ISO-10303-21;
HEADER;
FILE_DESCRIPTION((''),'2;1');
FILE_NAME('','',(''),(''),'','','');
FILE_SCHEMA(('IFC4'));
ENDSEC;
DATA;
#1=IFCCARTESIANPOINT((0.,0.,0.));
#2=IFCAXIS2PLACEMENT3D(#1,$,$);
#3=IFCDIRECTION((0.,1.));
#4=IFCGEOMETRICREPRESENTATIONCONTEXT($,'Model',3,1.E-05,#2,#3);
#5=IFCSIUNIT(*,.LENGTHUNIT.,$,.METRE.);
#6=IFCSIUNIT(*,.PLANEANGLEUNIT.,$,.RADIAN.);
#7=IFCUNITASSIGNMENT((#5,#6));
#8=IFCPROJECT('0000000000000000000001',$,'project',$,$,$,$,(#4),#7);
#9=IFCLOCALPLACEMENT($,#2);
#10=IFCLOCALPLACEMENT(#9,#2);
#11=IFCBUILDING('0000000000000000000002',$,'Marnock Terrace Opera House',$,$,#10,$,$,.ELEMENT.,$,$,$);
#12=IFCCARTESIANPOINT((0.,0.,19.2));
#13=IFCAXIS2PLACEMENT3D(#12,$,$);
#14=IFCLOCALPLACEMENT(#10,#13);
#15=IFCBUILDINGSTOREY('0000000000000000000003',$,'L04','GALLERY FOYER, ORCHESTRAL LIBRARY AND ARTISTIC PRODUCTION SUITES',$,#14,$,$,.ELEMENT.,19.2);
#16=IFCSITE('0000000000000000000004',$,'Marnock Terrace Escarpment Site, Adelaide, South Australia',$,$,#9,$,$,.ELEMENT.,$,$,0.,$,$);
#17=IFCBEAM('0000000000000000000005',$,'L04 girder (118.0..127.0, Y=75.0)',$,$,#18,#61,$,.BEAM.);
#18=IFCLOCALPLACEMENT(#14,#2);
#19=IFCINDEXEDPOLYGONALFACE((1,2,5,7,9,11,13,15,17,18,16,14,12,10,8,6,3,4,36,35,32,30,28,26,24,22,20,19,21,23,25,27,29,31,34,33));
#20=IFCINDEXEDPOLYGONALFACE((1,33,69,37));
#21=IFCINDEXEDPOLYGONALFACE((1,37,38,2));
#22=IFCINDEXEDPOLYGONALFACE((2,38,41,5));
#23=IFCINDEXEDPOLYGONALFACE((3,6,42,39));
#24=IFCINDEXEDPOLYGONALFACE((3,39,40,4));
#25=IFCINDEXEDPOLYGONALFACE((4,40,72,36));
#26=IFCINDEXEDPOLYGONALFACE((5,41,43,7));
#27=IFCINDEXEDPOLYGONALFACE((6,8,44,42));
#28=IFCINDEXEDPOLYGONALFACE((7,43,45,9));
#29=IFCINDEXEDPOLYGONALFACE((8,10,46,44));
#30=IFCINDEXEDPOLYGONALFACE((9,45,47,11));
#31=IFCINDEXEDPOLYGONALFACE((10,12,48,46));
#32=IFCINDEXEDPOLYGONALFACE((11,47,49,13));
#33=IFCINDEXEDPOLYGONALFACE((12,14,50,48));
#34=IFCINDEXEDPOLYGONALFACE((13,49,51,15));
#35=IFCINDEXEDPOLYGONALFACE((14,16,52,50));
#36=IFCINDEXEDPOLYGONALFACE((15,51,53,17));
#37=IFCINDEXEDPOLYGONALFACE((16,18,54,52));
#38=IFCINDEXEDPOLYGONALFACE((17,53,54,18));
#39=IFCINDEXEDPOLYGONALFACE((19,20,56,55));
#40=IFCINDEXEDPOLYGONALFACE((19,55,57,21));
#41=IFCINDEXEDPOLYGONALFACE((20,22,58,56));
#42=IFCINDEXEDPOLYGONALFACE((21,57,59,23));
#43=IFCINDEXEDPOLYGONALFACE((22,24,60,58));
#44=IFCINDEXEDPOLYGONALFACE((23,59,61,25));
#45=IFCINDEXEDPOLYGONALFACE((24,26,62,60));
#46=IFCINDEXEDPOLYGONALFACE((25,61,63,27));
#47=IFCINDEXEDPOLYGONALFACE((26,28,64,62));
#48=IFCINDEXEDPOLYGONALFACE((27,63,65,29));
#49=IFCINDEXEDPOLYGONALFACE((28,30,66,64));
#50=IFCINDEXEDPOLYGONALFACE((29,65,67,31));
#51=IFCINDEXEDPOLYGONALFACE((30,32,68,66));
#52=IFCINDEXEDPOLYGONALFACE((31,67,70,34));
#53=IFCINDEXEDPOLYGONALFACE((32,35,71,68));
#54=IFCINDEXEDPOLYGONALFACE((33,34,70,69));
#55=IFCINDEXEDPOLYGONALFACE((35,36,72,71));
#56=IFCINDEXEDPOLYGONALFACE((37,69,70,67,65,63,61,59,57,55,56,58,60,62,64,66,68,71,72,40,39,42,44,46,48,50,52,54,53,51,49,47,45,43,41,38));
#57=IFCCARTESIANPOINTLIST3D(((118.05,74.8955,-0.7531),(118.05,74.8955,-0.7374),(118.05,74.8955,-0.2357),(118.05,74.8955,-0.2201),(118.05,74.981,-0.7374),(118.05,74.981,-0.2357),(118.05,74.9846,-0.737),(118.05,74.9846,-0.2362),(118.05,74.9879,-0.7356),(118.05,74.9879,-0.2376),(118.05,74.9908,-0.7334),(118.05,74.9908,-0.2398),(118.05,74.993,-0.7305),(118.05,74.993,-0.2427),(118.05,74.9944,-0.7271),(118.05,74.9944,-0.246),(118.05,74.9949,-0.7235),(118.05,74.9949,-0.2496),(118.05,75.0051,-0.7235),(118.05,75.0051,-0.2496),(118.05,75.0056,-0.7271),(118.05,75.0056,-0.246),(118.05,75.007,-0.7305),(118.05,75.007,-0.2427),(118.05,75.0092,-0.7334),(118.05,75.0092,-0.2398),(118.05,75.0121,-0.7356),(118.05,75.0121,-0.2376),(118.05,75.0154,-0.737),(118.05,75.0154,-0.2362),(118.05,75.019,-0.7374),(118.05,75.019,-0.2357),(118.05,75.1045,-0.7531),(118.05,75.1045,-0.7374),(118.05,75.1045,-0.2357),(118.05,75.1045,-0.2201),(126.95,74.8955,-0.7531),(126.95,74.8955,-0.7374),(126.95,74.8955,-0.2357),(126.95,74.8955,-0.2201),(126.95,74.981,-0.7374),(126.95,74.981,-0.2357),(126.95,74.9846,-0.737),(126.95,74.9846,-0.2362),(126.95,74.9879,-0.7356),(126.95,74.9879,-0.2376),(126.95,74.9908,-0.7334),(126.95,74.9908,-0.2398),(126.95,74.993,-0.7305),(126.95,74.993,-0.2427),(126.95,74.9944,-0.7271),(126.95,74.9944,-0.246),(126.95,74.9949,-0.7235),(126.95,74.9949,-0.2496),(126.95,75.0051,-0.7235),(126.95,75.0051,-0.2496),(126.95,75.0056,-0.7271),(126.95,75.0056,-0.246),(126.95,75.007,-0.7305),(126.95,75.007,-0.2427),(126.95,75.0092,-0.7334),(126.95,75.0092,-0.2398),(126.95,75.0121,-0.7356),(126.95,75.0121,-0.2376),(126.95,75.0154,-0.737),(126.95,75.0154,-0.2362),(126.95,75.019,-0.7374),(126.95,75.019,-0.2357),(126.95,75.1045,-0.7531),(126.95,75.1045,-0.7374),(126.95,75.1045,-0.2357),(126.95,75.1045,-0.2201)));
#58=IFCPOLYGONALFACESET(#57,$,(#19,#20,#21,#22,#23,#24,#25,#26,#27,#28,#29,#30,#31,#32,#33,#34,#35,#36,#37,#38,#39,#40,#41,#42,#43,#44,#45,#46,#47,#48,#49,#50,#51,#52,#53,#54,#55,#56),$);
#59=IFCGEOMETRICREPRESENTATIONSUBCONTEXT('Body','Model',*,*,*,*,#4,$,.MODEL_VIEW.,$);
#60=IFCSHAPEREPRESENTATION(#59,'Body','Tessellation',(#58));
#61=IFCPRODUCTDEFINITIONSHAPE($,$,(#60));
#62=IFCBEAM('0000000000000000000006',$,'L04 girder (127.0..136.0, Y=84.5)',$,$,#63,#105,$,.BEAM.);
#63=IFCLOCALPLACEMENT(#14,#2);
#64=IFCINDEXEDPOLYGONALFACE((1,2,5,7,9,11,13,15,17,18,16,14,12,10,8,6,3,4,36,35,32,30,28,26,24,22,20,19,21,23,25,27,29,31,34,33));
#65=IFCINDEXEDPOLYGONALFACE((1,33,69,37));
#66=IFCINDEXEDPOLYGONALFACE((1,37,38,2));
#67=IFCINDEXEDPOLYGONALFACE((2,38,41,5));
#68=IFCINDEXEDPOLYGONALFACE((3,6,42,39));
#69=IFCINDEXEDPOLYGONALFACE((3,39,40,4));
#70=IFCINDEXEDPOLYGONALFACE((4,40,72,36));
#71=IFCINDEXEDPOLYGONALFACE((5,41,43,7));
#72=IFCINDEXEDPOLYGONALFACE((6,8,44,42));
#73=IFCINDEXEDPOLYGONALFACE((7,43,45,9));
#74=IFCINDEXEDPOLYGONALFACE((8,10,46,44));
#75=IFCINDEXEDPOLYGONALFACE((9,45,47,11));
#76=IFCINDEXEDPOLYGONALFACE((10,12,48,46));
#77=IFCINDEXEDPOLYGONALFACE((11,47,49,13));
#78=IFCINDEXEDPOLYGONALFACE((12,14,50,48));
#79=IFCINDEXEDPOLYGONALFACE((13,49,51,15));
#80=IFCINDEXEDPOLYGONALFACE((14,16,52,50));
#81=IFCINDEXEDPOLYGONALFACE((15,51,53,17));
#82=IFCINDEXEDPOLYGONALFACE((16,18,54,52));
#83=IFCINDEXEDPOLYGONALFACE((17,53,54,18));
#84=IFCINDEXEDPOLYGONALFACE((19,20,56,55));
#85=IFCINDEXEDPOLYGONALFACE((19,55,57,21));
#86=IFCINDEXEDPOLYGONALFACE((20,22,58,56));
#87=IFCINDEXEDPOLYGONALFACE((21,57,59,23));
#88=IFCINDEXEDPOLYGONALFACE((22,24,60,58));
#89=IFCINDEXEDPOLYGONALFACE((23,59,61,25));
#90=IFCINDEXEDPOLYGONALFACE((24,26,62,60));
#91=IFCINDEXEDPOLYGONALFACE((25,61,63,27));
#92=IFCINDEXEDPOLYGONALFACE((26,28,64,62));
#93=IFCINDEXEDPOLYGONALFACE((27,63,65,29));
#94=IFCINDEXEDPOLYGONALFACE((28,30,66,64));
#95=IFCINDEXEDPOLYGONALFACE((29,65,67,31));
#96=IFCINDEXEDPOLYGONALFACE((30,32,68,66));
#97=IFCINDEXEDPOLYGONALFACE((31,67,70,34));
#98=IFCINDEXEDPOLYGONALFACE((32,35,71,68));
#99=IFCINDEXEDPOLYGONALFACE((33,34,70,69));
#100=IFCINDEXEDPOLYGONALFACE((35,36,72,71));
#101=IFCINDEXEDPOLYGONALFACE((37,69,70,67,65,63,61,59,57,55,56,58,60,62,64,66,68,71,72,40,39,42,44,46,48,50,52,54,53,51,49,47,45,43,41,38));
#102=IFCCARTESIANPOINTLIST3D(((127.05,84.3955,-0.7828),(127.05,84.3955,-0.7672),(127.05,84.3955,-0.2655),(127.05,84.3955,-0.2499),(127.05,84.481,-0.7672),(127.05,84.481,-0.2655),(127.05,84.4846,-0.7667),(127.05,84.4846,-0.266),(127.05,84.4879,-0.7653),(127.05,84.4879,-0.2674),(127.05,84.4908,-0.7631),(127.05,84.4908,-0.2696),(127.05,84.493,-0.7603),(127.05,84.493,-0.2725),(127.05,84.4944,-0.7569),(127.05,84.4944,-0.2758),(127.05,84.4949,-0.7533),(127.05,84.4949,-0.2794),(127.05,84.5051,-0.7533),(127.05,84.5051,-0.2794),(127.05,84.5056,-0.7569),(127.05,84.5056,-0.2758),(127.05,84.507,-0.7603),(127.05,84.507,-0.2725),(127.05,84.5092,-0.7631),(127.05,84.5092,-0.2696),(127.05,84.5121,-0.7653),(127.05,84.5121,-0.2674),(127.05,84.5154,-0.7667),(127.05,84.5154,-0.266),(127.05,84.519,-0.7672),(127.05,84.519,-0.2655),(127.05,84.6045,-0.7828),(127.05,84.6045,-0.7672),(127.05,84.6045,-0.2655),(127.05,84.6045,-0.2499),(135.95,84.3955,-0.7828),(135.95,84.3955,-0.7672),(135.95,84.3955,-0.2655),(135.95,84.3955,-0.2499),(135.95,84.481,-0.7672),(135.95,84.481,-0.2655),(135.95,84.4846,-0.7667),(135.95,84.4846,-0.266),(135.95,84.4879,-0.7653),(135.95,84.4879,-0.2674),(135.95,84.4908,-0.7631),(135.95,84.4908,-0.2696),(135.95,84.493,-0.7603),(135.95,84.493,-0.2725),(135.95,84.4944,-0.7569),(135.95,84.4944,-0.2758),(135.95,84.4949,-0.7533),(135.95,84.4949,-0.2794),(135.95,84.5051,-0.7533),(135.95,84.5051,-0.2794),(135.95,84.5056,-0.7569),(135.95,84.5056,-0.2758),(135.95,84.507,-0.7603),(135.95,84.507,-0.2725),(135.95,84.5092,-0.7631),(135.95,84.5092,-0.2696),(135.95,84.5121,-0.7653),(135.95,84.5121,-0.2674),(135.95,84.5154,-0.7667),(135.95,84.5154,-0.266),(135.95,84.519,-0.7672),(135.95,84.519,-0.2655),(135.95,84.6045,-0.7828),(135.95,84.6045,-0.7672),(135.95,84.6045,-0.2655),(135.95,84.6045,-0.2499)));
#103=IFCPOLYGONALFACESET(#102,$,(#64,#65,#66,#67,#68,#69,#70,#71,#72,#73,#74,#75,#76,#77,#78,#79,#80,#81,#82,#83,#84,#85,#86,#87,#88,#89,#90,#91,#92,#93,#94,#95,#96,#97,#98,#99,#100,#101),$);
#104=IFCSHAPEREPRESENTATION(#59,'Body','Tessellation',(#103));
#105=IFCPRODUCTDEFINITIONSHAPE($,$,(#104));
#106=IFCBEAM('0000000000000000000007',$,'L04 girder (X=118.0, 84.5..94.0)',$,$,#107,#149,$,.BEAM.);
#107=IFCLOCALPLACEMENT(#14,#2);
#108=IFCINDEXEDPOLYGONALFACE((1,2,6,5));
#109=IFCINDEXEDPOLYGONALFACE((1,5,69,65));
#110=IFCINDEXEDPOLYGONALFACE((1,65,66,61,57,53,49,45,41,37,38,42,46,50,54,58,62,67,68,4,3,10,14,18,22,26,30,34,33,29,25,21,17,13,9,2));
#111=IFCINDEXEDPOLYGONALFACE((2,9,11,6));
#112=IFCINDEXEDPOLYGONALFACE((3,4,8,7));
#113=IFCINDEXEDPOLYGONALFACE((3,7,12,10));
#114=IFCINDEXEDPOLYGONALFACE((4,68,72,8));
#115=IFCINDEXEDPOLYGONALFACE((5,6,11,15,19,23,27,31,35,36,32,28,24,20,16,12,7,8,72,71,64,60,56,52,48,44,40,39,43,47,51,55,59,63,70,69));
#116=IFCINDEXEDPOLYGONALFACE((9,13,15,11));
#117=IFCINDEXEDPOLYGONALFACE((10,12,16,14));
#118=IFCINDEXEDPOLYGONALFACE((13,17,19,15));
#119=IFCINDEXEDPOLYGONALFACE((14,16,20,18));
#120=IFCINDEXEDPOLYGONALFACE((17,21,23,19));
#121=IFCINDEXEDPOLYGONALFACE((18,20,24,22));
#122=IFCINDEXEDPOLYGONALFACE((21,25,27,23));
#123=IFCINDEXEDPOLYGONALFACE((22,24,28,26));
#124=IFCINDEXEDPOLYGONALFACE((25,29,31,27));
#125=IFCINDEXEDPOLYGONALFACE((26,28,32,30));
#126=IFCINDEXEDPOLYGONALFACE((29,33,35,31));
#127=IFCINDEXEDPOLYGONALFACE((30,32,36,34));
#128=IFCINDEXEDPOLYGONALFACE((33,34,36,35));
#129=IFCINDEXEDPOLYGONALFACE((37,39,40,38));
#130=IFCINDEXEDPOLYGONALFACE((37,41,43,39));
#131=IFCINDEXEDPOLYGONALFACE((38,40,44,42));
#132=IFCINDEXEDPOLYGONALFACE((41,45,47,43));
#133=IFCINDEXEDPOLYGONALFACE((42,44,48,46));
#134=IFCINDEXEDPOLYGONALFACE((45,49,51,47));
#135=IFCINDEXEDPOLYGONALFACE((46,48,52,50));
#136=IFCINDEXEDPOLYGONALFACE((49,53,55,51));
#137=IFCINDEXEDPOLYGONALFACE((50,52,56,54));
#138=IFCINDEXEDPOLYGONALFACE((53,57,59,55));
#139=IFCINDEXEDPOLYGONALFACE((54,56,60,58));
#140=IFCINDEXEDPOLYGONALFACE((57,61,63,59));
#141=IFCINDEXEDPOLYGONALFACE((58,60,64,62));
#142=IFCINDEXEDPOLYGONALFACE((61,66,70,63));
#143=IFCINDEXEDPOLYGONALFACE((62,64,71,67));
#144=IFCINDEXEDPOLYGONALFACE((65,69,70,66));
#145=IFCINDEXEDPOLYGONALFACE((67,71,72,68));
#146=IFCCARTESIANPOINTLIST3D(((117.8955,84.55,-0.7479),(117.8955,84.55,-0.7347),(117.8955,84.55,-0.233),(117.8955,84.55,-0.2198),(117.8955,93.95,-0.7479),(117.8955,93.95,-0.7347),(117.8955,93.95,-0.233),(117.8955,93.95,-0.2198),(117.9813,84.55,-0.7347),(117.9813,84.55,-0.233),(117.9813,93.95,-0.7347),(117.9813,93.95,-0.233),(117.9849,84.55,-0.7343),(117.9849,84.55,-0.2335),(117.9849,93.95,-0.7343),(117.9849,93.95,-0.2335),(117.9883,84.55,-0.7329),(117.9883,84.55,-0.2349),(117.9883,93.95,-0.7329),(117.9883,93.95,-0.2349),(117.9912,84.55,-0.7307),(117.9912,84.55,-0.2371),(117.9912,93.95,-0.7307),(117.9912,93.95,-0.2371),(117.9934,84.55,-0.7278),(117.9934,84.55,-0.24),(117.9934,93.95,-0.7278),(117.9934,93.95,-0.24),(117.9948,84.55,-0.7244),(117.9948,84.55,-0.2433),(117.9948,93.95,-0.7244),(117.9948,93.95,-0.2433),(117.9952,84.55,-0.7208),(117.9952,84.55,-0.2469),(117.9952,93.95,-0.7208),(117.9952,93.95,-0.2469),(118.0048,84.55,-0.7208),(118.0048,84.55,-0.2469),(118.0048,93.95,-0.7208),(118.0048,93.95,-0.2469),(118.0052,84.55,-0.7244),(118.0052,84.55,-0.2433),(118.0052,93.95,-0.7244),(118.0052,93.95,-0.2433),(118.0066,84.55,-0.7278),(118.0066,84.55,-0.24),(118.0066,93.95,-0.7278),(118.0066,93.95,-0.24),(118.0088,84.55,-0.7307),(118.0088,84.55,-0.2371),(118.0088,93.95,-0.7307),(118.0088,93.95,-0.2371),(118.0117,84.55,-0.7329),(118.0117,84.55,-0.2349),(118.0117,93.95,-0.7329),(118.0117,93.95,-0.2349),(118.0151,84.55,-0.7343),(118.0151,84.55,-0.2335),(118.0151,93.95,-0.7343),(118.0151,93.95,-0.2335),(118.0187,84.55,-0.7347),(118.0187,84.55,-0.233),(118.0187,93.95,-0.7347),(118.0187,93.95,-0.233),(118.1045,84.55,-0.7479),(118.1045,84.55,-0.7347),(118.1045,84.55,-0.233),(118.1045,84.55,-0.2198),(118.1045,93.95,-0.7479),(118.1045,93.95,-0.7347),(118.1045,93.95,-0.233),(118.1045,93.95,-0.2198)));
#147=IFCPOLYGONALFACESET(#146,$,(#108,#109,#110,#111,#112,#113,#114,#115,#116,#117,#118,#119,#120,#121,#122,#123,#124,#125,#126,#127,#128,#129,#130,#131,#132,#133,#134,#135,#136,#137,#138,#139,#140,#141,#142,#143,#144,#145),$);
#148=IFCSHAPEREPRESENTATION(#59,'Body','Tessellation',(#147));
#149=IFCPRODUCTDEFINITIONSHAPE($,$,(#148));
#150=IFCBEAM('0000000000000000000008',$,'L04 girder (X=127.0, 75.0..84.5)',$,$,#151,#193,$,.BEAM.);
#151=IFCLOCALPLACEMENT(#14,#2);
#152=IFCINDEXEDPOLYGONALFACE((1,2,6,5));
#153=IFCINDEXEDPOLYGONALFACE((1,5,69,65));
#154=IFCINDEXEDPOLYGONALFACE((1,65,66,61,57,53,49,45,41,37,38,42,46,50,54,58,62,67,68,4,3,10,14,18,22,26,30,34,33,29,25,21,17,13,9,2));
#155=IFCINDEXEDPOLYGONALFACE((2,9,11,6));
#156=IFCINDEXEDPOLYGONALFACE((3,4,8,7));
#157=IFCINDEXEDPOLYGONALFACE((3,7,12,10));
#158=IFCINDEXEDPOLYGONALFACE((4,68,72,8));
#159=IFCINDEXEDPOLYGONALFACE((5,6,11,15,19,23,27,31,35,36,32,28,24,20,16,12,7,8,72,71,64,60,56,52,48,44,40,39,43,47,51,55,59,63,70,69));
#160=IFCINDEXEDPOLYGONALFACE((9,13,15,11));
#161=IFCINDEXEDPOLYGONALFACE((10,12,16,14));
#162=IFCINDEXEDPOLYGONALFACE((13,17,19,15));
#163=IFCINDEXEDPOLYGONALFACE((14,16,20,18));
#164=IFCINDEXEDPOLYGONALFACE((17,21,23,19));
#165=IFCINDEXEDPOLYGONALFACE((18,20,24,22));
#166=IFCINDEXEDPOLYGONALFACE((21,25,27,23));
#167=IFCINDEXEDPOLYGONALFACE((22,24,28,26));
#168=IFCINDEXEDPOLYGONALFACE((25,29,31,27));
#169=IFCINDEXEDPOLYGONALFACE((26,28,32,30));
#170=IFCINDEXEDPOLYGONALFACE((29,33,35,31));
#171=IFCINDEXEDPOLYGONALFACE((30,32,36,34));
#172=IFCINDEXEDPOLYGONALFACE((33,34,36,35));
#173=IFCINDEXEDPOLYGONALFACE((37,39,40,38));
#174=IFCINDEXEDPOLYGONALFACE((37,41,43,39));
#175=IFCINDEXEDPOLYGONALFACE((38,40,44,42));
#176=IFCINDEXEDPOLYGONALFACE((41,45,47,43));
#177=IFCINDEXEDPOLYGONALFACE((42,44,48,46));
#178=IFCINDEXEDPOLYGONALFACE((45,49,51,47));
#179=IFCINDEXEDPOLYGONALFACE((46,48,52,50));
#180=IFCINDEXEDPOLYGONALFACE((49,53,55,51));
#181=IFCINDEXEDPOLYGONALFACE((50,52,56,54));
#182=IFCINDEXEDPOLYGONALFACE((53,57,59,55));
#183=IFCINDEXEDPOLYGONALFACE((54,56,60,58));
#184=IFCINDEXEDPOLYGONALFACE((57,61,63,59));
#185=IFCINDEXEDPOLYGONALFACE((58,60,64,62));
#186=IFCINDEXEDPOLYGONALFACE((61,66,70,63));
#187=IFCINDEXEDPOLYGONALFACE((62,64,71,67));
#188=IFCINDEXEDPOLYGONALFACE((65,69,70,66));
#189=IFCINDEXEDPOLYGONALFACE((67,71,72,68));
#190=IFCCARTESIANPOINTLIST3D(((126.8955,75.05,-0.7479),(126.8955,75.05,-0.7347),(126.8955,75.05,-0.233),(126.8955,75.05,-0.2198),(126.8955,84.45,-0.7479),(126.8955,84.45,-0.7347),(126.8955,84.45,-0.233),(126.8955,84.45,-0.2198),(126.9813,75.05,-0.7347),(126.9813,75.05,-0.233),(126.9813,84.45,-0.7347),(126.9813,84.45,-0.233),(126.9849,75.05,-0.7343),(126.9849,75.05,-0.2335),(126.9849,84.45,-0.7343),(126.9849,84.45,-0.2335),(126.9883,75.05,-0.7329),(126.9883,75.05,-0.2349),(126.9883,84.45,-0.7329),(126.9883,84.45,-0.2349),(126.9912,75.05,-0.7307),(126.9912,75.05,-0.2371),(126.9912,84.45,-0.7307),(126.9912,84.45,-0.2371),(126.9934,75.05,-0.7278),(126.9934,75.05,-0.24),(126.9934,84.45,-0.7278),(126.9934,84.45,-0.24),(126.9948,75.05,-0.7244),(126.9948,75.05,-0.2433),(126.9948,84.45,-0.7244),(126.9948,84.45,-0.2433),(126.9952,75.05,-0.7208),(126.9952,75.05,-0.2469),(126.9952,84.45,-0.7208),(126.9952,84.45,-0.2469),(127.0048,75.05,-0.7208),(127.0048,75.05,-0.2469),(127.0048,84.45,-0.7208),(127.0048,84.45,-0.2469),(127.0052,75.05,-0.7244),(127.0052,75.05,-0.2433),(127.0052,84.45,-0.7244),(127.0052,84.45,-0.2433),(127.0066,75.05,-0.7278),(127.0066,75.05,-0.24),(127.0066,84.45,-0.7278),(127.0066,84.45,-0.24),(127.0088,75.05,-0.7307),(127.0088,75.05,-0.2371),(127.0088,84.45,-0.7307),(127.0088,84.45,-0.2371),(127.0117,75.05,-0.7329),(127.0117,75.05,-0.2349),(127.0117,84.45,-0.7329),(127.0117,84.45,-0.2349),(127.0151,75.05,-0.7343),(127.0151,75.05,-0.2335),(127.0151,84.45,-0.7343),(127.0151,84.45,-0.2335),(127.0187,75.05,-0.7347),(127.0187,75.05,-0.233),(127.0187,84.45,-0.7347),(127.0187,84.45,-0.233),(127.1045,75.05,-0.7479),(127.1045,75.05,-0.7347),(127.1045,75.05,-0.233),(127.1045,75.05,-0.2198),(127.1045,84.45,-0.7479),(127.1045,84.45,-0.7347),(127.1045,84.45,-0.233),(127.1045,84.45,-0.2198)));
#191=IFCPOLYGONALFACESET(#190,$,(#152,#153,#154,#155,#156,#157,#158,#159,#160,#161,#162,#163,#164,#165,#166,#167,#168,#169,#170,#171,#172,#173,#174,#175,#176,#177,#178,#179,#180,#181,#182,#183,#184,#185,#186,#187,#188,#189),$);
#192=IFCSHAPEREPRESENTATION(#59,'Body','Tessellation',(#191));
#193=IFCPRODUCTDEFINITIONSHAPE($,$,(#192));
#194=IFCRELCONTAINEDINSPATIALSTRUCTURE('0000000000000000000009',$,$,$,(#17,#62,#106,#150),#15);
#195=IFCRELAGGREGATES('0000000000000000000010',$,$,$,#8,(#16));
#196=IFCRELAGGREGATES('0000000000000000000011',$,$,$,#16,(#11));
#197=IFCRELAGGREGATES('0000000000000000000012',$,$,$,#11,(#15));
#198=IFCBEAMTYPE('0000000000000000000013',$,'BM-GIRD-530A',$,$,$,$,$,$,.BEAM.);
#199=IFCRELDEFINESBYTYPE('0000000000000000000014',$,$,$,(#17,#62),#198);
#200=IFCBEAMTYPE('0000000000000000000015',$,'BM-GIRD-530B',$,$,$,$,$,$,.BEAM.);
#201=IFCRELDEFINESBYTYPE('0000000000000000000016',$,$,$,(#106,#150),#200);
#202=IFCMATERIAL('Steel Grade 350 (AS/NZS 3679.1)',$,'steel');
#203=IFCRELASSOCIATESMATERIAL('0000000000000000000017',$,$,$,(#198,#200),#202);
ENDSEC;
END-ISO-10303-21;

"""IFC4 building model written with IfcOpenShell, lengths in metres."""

from ifc_helpers import new_model, si_unit, direction, frame, origin, origin_2d, place, context, subcontext, project, spatial, i_section, extrude, material, material_profile, profile_set, type_object, element, save


model = new_model("IFC4")

# Units and contexts
model_context = context("Model", 3, precision=1e-05, world=origin(), true_north=direction((0.0, 1.0)))
body_context = subcontext(model_context, "Body", "Model", "MODEL_VIEW")
ifc_project = project(units=[si_unit("LENGTHUNIT", "METRE"), si_unit("PLANEANGLEUNIT", "RADIAN")], contexts=[model_context])

# Site, building, storey
site_placement = place(None, origin())
site = spatial("IfcSite", under=ifc_project, at=site_placement, Name="Marnock Terrace Escarpment Site, Adelaide, South Australia", CompositionType="ELEMENT", RefElevation=0.0)
building_placement = place(site_placement, origin())
building = spatial("IfcBuilding", under=site, at=building_placement, Name="Marnock Terrace Opera House", CompositionType="ELEMENT")
storey_placement = place(building_placement, frame((0.0, 0.0, 19.2)))
storey = spatial("IfcBuildingStorey", under=building, at=storey_placement, Name="L04", Description="GALLERY FOYER, ORCHESTRAL LIBRARY AND ARTISTIC PRODUCTION SUITES", CompositionType="ELEMENT", Elevation=19.2)

# Beams
ifc_material_1 = material(Name="Steel Grade 350 (AS/NZS 3679.1)", Category="steel")
ifc_material_profile_1 = material_profile(ifc_material_1, i_section(OverallWidth=0.209, OverallDepth=0.533, WebThickness=0.0103, FlangeThickness=0.0156, FilletRadius=0.0139, at=origin_2d()))
ifc_profile_set_1 = profile_set([ifc_material_profile_1], Name="Steel Grade 350 (AS/NZS 3679.1)")
beam_type_1 = type_object("IfcBeamType", Name="BM-GIRD-530A", PredefinedType="BEAM", material=ifc_profile_set_1)
for number, where, z_axis, x_axis, name in (
    (1, (118.05, 75.0, -0.4866), (1.0, 0.0, 0.0), (0.0, 1.0, 0.0), "L04 girder (118.0..127.0, Y=75.0)"),
    (2, (127.05, 84.5, -0.5164), (1.0, 0.0, 0.0), (0.0, 1.0, 0.0), "L04 girder (127.0..136.0, Y=84.5)"),
):
    element("IfcBeam", number, at=place(storey_placement, frame(where, z_axis=z_axis, x_axis=x_axis)), inside=storey, type_object=beam_type_1, Name=name, PredefinedType="BEAM", context=body_context, shape_type="SweptSolid", body=[
        extrude(i_section(OverallWidth=0.209, OverallDepth=0.533, WebThickness=0.0103, FlangeThickness=0.0156, FilletRadius=0.0139, at=origin_2d()), origin(), (0.0, 0.0, 1.0), 8.8999),
    ])
ifc_material_profile_2 = material_profile(ifc_material_1, i_section(OverallWidth=0.209, OverallDepth=0.5281, WebThickness=0.0095, FlangeThickness=0.0132, FilletRadius=0.0139, at=origin_2d()))
ifc_profile_set_2 = profile_set([ifc_material_profile_2], Name="Steel Grade 350 (AS/NZS 3679.1)")
beam_type_2 = type_object("IfcBeamType", Name="BM-GIRD-530B", PredefinedType="BEAM", material=ifc_profile_set_2)
for number, where, z_axis, x_axis, name in (
    (3, (118.0, 84.55, -0.4839), (0.0, 1.0, 0.0), (-1.0, 0.0, 0.0), "L04 girder (X=118.0, 84.5..94.0)"),
    (4, (127.0, 75.05, -0.4839), (0.0, 1.0, 0.0), (-1.0, 0.0, 0.0), "L04 girder (X=127.0, 75.0..84.5)"),
):
    element("IfcBeam", number, at=place(storey_placement, frame(where, z_axis=z_axis, x_axis=x_axis)), inside=storey, type_object=beam_type_2, Name=name, PredefinedType="BEAM", context=body_context, shape_type="SweptSolid", body=[
        extrude(i_section(OverallWidth=0.209, OverallDepth=0.5281, WebThickness=0.0095, FlangeThickness=0.0132, FilletRadius=0.0139, at=origin_2d()), origin(), (0.0, 0.0, 1.0), 9.3999),
    ])

save(model, "model.ifc")
